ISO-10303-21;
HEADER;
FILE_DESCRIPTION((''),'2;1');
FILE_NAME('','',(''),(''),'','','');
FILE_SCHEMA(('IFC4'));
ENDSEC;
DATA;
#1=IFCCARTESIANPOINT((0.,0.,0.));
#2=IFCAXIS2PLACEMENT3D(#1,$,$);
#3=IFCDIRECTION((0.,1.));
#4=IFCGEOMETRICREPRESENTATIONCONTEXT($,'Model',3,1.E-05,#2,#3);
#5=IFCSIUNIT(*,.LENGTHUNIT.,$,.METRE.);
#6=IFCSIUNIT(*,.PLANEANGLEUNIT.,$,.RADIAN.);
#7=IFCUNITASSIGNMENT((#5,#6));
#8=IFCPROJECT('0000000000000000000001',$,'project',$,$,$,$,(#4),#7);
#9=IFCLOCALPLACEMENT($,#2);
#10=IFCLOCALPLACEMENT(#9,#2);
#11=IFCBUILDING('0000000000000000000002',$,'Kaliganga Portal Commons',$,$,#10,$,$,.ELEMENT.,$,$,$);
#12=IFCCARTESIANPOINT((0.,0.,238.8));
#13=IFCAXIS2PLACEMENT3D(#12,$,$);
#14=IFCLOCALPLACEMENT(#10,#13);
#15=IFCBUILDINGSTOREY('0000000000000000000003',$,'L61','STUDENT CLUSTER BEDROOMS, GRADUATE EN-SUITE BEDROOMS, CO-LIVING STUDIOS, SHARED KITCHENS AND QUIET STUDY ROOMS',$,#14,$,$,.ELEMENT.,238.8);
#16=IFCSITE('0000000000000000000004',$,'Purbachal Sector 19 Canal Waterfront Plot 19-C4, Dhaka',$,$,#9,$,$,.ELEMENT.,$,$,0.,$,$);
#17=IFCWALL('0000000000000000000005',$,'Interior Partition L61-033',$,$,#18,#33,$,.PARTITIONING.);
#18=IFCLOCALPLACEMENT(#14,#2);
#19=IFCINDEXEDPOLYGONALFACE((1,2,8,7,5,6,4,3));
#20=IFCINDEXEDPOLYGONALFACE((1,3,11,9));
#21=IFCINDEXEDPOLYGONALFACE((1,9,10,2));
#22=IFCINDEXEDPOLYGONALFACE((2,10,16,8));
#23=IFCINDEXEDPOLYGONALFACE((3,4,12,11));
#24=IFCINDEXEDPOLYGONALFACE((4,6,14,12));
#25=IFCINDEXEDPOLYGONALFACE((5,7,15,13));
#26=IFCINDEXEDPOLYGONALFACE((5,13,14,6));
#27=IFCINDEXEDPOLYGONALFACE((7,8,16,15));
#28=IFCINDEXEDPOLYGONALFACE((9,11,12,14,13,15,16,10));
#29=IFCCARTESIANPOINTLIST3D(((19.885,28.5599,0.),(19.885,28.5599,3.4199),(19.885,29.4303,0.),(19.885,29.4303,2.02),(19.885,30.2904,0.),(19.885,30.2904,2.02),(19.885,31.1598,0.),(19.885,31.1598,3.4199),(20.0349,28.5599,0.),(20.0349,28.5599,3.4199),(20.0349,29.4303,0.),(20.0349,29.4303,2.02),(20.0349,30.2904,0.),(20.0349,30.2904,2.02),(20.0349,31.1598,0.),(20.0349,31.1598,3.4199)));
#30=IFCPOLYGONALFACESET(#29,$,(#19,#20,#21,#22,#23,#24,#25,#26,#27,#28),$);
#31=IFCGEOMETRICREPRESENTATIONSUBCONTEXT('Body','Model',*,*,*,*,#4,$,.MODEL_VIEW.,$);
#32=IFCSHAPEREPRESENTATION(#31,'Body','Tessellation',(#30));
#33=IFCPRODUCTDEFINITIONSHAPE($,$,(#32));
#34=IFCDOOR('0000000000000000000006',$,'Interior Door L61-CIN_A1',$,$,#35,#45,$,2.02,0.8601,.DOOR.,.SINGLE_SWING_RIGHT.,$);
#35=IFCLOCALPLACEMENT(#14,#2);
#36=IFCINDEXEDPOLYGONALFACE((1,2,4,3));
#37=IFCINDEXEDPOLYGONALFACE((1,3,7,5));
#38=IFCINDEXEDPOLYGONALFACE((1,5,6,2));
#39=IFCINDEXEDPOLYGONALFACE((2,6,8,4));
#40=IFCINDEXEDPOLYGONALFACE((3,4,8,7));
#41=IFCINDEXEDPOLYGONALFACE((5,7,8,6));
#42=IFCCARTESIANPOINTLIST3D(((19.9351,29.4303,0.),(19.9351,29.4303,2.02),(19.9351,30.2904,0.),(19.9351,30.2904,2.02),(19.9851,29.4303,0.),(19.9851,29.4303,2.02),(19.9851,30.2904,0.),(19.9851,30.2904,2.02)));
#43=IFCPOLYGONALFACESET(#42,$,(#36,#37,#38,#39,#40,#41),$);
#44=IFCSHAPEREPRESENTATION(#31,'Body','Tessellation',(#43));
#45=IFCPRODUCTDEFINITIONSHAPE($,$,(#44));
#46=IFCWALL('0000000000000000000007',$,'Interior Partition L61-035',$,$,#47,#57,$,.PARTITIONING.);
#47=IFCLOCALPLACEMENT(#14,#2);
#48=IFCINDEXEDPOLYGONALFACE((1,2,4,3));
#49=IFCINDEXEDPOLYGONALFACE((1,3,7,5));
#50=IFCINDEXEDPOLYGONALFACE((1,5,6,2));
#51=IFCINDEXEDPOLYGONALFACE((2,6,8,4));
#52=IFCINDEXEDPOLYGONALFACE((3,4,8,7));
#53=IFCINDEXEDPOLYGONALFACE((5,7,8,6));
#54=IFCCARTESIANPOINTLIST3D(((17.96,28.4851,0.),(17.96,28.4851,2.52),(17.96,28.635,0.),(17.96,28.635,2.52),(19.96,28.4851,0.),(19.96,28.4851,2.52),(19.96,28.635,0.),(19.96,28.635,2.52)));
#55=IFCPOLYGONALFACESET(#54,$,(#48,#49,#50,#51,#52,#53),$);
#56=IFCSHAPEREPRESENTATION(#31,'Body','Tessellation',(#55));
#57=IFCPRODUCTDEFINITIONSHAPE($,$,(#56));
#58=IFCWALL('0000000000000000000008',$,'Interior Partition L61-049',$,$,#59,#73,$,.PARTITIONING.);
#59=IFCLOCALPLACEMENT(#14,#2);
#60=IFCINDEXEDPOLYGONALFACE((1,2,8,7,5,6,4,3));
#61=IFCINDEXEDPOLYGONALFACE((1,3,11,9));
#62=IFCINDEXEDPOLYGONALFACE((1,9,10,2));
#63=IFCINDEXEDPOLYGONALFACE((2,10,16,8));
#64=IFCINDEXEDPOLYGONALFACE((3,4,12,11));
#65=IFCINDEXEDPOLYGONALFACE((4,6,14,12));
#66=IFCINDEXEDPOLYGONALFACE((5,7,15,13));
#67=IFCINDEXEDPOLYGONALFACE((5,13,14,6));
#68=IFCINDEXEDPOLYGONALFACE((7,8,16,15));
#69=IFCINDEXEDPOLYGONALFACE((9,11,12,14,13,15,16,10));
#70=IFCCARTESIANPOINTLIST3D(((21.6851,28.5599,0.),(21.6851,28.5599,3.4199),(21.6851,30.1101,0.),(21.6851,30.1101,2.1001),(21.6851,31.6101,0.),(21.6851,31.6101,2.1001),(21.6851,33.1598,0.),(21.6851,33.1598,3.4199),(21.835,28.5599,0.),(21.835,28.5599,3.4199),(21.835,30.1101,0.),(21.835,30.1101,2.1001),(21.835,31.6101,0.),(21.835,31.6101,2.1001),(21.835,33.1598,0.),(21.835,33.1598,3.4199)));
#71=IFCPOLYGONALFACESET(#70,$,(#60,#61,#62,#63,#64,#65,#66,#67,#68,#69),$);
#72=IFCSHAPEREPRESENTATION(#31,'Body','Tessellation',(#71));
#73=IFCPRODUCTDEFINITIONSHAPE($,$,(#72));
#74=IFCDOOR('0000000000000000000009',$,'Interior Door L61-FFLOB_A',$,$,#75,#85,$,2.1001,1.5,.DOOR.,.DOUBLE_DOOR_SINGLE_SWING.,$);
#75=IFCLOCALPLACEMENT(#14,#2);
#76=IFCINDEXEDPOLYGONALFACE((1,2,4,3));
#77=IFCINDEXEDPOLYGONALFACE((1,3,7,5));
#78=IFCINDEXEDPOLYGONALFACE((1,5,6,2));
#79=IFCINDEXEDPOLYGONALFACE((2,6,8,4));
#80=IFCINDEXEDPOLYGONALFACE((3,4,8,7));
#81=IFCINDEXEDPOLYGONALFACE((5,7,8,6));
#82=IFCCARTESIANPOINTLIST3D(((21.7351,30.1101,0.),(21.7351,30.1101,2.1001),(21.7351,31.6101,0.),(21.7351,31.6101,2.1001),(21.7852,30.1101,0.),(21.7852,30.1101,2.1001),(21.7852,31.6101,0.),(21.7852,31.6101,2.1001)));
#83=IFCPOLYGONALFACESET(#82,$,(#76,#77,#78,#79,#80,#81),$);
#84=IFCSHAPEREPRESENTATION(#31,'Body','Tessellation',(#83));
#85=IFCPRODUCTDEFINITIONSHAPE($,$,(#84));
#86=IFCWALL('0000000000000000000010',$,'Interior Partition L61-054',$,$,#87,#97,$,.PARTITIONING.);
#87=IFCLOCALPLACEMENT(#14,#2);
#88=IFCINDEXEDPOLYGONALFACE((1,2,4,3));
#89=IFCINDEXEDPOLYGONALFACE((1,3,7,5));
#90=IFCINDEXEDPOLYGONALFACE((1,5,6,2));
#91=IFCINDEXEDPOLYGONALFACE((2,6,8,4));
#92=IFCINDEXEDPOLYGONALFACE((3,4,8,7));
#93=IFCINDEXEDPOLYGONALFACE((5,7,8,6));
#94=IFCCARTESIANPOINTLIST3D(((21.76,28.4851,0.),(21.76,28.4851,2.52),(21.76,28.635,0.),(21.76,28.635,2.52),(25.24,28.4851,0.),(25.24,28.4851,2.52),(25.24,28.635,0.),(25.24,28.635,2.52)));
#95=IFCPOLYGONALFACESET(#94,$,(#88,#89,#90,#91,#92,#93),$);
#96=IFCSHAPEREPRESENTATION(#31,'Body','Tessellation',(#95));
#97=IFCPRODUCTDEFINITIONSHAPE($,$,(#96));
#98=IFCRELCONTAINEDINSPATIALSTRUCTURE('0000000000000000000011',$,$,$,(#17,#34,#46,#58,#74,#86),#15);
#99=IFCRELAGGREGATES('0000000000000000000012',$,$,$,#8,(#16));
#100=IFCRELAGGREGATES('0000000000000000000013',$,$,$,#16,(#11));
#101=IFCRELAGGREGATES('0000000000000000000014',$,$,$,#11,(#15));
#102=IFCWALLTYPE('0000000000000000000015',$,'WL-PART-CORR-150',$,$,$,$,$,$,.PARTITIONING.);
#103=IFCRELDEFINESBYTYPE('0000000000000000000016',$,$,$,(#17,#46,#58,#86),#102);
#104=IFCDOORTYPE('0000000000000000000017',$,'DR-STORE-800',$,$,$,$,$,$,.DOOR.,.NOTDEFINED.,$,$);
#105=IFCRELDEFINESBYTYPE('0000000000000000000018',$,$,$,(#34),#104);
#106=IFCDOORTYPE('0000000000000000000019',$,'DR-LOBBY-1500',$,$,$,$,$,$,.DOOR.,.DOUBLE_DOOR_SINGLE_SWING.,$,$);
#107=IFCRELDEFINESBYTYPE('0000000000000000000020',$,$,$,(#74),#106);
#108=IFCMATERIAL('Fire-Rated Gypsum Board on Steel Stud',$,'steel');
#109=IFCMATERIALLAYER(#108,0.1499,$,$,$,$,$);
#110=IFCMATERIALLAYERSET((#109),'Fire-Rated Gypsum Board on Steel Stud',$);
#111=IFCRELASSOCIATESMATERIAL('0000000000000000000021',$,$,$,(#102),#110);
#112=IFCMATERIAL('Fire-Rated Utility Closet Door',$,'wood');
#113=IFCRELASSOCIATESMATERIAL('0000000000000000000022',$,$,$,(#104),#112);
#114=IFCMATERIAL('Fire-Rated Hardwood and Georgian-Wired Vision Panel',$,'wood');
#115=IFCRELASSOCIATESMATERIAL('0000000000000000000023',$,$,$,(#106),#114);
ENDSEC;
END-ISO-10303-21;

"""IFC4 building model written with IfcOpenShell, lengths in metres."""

from ifc_helpers import new_model, si_unit, direction, frame, frame_2d, origin, place, context, subcontext, project, spatial, rectangle, extrude, material, layer, layer_set, type_object, element, fill, save


model = new_model("IFC4")

# Units and contexts
model_context = context("Model", 3, precision=1e-05, world=origin(), true_north=direction((0.0, 1.0)))
body_context = subcontext(model_context, "Body", "Model", "MODEL_VIEW")
ifc_project = project(units=[si_unit("LENGTHUNIT", "METRE"), si_unit("PLANEANGLEUNIT", "RADIAN")], contexts=[model_context])

# Site, building, storey
site_placement = place(None, origin())
site = spatial("IfcSite", under=ifc_project, at=site_placement, Name="Purbachal Sector 19 Canal Waterfront Plot 19-C4, Dhaka", CompositionType="ELEMENT", RefElevation=0.0)
building_placement = place(site_placement, origin())
building = spatial("IfcBuilding", under=site, at=building_placement, Name="Kaliganga Portal Commons", CompositionType="ELEMENT")
storey_placement = place(building_placement, frame((0.0, 0.0, 238.8)))
storey = spatial("IfcBuildingStorey", under=building, at=storey_placement, Name="L61", Description="STUDENT CLUSTER BEDROOMS, GRADUATE EN-SUITE BEDROOMS, CO-LIVING STUDIOS, SHARED KITCHENS AND QUIET STUDY ROOMS", CompositionType="ELEMENT", Elevation=238.8)

# Wall, opening, door
ifc_material_1 = material(Name="Fire-Rated Gypsum Board on Steel Stud", Category="steel")
ifc_layer_1 = layer(ifc_material_1, 0.1499)
ifc_layer_set_1 = layer_set([ifc_layer_1], Name="Fire-Rated Gypsum Board on Steel Stud")
wall_type_1 = type_object("IfcWallType", Name="WL-PART-CORR-150", PredefinedType="PARTITIONING", material=ifc_layer_set_1)
wall_1_placement = place(storey_placement, frame((19.96, 28.5601, 0.0), z_axis=(0.0, 0.0, 1.0), x_axis=(0.0, 1.0, 0.0)))
wall_1 = element("IfcWall", 1, at=wall_1_placement, inside=storey, type_object=wall_type_1, Name="Interior Partition L61-033", PredefinedType="PARTITIONING", context=body_context, shape_type="SweptSolid", body=[
    extrude(rectangle(XDim=2.5999, YDim=0.1499, at=frame_2d((1.2998, 0.0))), origin(), (0.0, 0.0, 1.0), 3.4199),
])
opening_1_placement = place(wall_1_placement, frame((0.8701, 0.0, 0.0)))
opening_1 = element("IfcOpeningElement", 2, at=opening_1_placement, cuts=wall_1, PredefinedType="OPENING", context=body_context, shape_type="SweptSolid", body=[
    extrude(rectangle(XDim=0.8601, YDim=2.02, at=frame_2d((0.4302, 1.01))), frame((0.0, 0.085, 0.0), z_axis=(0.0, -1.0, 0.0), x_axis=(1.0, 0.0, 0.0)), (0.0, 0.0, 1.0), 0.1699),
])
ifc_material_2 = material(Name="Fire-Rated Utility Closet Door", Category="wood")
door_type_1 = type_object("IfcDoorType", Name="DR-STORE-800", OperationType="NOTDEFINED", PredefinedType="DOOR", material=ifc_material_2)
door_1_placement = place(opening_1_placement, origin())
door_1 = element("IfcDoor", 3, at=door_1_placement, inside=storey, type_object=door_type_1, Name="Interior Door L61-CIN_A1", OperationType="SINGLE_SWING_RIGHT", OverallHeight=2.02, OverallWidth=0.8601, PredefinedType="DOOR", context=body_context, shape_type="SweptSolid", body=[
    extrude(rectangle(XDim=0.8601, YDim=2.02, at=frame_2d((0.4302, 1.01))), frame((0.0, 0.0249, 0.0), z_axis=(0.0, -1.0, 0.0), x_axis=(1.0, 0.0, 0.0)), (0.0, 0.0, 1.0), 0.05),
])
fill(opening_1, door_1)

# Wall
wall_2_placement = place(storey_placement, frame((17.96, 28.5601, 0.0), z_axis=(0.0, 0.0, 1.0), x_axis=(1.0, 0.0, 0.0)))
element("IfcWall", 4, at=wall_2_placement, inside=storey, type_object=wall_type_1, Name="Interior Partition L61-035", PredefinedType="PARTITIONING", context=body_context, shape_type="SweptSolid", body=[
    extrude(rectangle(XDim=2.0, YDim=0.1499, at=frame_2d((1.0, 0.0))), origin(), (0.0, 0.0, 1.0), 2.52),
])

# Wall, opening, door
wall_3_placement = place(storey_placement, frame((21.76, 28.5601, 0.0), z_axis=(0.0, 0.0, 1.0), x_axis=(0.0, 1.0, 0.0)))
wall_3 = element("IfcWall", 5, at=wall_3_placement, inside=storey, type_object=wall_type_1, Name="Interior Partition L61-049", PredefinedType="PARTITIONING", context=body_context, shape_type="SweptSolid", body=[
    extrude(rectangle(XDim=4.5999, YDim=0.1499, at=frame_2d((2.2998, 0.0))), origin(), (0.0, 0.0, 1.0), 3.4199),
])
opening_2_placement = place(wall_3_placement, frame((1.55, 0.0, 0.0)))
opening_2 = element("IfcOpeningElement", 6, at=opening_2_placement, cuts=wall_3, PredefinedType="OPENING", context=body_context, shape_type="SweptSolid", body=[
    extrude(rectangle(XDim=1.5, YDim=2.1001, at=frame_2d((0.75, 1.05))), frame((0.0, 0.085, 0.0), z_axis=(0.0, -1.0, 0.0), x_axis=(1.0, 0.0, 0.0)), (0.0, 0.0, 1.0), 0.1699),
])
ifc_material_3 = material(Name="Fire-Rated Hardwood and Georgian-Wired Vision Panel", Category="wood")
door_type_2 = type_object("IfcDoorType", Name="DR-LOBBY-1500", OperationType="DOUBLE_DOOR_SINGLE_SWING", PredefinedType="DOOR", material=ifc_material_3)
door_2_placement = place(opening_2_placement, origin())
door_2 = element("IfcDoor", 7, at=door_2_placement, inside=storey, type_object=door_type_2, Name="Interior Door L61-FFLOB_A", OperationType="DOUBLE_DOOR_SINGLE_SWING", OverallHeight=2.1001, OverallWidth=1.5, PredefinedType="DOOR", context=body_context, shape_type="SweptSolid", body=[
    extrude(rectangle(XDim=1.5, YDim=2.1001, at=frame_2d((0.75, 1.05))), frame((0.0, 0.0249, 0.0), z_axis=(0.0, -1.0, 0.0), x_axis=(1.0, 0.0, 0.0)), (0.0, 0.0, 1.0), 0.05),
])
fill(opening_2, door_2)

# Wall
wall_4_placement = place(storey_placement, frame((21.76, 28.5601, 0.0), z_axis=(0.0, 0.0, 1.0), x_axis=(1.0, 0.0, 0.0)))
element("IfcWall", 8, at=wall_4_placement, inside=storey, type_object=wall_type_1, Name="Interior Partition L61-054", PredefinedType="PARTITIONING", context=body_context, shape_type="SweptSolid", body=[
    extrude(rectangle(XDim=3.48, YDim=0.1499, at=frame_2d((1.74, 0.0))), origin(), (0.0, 0.0, 1.0), 2.52),
])

save(model, "model.ifc")
